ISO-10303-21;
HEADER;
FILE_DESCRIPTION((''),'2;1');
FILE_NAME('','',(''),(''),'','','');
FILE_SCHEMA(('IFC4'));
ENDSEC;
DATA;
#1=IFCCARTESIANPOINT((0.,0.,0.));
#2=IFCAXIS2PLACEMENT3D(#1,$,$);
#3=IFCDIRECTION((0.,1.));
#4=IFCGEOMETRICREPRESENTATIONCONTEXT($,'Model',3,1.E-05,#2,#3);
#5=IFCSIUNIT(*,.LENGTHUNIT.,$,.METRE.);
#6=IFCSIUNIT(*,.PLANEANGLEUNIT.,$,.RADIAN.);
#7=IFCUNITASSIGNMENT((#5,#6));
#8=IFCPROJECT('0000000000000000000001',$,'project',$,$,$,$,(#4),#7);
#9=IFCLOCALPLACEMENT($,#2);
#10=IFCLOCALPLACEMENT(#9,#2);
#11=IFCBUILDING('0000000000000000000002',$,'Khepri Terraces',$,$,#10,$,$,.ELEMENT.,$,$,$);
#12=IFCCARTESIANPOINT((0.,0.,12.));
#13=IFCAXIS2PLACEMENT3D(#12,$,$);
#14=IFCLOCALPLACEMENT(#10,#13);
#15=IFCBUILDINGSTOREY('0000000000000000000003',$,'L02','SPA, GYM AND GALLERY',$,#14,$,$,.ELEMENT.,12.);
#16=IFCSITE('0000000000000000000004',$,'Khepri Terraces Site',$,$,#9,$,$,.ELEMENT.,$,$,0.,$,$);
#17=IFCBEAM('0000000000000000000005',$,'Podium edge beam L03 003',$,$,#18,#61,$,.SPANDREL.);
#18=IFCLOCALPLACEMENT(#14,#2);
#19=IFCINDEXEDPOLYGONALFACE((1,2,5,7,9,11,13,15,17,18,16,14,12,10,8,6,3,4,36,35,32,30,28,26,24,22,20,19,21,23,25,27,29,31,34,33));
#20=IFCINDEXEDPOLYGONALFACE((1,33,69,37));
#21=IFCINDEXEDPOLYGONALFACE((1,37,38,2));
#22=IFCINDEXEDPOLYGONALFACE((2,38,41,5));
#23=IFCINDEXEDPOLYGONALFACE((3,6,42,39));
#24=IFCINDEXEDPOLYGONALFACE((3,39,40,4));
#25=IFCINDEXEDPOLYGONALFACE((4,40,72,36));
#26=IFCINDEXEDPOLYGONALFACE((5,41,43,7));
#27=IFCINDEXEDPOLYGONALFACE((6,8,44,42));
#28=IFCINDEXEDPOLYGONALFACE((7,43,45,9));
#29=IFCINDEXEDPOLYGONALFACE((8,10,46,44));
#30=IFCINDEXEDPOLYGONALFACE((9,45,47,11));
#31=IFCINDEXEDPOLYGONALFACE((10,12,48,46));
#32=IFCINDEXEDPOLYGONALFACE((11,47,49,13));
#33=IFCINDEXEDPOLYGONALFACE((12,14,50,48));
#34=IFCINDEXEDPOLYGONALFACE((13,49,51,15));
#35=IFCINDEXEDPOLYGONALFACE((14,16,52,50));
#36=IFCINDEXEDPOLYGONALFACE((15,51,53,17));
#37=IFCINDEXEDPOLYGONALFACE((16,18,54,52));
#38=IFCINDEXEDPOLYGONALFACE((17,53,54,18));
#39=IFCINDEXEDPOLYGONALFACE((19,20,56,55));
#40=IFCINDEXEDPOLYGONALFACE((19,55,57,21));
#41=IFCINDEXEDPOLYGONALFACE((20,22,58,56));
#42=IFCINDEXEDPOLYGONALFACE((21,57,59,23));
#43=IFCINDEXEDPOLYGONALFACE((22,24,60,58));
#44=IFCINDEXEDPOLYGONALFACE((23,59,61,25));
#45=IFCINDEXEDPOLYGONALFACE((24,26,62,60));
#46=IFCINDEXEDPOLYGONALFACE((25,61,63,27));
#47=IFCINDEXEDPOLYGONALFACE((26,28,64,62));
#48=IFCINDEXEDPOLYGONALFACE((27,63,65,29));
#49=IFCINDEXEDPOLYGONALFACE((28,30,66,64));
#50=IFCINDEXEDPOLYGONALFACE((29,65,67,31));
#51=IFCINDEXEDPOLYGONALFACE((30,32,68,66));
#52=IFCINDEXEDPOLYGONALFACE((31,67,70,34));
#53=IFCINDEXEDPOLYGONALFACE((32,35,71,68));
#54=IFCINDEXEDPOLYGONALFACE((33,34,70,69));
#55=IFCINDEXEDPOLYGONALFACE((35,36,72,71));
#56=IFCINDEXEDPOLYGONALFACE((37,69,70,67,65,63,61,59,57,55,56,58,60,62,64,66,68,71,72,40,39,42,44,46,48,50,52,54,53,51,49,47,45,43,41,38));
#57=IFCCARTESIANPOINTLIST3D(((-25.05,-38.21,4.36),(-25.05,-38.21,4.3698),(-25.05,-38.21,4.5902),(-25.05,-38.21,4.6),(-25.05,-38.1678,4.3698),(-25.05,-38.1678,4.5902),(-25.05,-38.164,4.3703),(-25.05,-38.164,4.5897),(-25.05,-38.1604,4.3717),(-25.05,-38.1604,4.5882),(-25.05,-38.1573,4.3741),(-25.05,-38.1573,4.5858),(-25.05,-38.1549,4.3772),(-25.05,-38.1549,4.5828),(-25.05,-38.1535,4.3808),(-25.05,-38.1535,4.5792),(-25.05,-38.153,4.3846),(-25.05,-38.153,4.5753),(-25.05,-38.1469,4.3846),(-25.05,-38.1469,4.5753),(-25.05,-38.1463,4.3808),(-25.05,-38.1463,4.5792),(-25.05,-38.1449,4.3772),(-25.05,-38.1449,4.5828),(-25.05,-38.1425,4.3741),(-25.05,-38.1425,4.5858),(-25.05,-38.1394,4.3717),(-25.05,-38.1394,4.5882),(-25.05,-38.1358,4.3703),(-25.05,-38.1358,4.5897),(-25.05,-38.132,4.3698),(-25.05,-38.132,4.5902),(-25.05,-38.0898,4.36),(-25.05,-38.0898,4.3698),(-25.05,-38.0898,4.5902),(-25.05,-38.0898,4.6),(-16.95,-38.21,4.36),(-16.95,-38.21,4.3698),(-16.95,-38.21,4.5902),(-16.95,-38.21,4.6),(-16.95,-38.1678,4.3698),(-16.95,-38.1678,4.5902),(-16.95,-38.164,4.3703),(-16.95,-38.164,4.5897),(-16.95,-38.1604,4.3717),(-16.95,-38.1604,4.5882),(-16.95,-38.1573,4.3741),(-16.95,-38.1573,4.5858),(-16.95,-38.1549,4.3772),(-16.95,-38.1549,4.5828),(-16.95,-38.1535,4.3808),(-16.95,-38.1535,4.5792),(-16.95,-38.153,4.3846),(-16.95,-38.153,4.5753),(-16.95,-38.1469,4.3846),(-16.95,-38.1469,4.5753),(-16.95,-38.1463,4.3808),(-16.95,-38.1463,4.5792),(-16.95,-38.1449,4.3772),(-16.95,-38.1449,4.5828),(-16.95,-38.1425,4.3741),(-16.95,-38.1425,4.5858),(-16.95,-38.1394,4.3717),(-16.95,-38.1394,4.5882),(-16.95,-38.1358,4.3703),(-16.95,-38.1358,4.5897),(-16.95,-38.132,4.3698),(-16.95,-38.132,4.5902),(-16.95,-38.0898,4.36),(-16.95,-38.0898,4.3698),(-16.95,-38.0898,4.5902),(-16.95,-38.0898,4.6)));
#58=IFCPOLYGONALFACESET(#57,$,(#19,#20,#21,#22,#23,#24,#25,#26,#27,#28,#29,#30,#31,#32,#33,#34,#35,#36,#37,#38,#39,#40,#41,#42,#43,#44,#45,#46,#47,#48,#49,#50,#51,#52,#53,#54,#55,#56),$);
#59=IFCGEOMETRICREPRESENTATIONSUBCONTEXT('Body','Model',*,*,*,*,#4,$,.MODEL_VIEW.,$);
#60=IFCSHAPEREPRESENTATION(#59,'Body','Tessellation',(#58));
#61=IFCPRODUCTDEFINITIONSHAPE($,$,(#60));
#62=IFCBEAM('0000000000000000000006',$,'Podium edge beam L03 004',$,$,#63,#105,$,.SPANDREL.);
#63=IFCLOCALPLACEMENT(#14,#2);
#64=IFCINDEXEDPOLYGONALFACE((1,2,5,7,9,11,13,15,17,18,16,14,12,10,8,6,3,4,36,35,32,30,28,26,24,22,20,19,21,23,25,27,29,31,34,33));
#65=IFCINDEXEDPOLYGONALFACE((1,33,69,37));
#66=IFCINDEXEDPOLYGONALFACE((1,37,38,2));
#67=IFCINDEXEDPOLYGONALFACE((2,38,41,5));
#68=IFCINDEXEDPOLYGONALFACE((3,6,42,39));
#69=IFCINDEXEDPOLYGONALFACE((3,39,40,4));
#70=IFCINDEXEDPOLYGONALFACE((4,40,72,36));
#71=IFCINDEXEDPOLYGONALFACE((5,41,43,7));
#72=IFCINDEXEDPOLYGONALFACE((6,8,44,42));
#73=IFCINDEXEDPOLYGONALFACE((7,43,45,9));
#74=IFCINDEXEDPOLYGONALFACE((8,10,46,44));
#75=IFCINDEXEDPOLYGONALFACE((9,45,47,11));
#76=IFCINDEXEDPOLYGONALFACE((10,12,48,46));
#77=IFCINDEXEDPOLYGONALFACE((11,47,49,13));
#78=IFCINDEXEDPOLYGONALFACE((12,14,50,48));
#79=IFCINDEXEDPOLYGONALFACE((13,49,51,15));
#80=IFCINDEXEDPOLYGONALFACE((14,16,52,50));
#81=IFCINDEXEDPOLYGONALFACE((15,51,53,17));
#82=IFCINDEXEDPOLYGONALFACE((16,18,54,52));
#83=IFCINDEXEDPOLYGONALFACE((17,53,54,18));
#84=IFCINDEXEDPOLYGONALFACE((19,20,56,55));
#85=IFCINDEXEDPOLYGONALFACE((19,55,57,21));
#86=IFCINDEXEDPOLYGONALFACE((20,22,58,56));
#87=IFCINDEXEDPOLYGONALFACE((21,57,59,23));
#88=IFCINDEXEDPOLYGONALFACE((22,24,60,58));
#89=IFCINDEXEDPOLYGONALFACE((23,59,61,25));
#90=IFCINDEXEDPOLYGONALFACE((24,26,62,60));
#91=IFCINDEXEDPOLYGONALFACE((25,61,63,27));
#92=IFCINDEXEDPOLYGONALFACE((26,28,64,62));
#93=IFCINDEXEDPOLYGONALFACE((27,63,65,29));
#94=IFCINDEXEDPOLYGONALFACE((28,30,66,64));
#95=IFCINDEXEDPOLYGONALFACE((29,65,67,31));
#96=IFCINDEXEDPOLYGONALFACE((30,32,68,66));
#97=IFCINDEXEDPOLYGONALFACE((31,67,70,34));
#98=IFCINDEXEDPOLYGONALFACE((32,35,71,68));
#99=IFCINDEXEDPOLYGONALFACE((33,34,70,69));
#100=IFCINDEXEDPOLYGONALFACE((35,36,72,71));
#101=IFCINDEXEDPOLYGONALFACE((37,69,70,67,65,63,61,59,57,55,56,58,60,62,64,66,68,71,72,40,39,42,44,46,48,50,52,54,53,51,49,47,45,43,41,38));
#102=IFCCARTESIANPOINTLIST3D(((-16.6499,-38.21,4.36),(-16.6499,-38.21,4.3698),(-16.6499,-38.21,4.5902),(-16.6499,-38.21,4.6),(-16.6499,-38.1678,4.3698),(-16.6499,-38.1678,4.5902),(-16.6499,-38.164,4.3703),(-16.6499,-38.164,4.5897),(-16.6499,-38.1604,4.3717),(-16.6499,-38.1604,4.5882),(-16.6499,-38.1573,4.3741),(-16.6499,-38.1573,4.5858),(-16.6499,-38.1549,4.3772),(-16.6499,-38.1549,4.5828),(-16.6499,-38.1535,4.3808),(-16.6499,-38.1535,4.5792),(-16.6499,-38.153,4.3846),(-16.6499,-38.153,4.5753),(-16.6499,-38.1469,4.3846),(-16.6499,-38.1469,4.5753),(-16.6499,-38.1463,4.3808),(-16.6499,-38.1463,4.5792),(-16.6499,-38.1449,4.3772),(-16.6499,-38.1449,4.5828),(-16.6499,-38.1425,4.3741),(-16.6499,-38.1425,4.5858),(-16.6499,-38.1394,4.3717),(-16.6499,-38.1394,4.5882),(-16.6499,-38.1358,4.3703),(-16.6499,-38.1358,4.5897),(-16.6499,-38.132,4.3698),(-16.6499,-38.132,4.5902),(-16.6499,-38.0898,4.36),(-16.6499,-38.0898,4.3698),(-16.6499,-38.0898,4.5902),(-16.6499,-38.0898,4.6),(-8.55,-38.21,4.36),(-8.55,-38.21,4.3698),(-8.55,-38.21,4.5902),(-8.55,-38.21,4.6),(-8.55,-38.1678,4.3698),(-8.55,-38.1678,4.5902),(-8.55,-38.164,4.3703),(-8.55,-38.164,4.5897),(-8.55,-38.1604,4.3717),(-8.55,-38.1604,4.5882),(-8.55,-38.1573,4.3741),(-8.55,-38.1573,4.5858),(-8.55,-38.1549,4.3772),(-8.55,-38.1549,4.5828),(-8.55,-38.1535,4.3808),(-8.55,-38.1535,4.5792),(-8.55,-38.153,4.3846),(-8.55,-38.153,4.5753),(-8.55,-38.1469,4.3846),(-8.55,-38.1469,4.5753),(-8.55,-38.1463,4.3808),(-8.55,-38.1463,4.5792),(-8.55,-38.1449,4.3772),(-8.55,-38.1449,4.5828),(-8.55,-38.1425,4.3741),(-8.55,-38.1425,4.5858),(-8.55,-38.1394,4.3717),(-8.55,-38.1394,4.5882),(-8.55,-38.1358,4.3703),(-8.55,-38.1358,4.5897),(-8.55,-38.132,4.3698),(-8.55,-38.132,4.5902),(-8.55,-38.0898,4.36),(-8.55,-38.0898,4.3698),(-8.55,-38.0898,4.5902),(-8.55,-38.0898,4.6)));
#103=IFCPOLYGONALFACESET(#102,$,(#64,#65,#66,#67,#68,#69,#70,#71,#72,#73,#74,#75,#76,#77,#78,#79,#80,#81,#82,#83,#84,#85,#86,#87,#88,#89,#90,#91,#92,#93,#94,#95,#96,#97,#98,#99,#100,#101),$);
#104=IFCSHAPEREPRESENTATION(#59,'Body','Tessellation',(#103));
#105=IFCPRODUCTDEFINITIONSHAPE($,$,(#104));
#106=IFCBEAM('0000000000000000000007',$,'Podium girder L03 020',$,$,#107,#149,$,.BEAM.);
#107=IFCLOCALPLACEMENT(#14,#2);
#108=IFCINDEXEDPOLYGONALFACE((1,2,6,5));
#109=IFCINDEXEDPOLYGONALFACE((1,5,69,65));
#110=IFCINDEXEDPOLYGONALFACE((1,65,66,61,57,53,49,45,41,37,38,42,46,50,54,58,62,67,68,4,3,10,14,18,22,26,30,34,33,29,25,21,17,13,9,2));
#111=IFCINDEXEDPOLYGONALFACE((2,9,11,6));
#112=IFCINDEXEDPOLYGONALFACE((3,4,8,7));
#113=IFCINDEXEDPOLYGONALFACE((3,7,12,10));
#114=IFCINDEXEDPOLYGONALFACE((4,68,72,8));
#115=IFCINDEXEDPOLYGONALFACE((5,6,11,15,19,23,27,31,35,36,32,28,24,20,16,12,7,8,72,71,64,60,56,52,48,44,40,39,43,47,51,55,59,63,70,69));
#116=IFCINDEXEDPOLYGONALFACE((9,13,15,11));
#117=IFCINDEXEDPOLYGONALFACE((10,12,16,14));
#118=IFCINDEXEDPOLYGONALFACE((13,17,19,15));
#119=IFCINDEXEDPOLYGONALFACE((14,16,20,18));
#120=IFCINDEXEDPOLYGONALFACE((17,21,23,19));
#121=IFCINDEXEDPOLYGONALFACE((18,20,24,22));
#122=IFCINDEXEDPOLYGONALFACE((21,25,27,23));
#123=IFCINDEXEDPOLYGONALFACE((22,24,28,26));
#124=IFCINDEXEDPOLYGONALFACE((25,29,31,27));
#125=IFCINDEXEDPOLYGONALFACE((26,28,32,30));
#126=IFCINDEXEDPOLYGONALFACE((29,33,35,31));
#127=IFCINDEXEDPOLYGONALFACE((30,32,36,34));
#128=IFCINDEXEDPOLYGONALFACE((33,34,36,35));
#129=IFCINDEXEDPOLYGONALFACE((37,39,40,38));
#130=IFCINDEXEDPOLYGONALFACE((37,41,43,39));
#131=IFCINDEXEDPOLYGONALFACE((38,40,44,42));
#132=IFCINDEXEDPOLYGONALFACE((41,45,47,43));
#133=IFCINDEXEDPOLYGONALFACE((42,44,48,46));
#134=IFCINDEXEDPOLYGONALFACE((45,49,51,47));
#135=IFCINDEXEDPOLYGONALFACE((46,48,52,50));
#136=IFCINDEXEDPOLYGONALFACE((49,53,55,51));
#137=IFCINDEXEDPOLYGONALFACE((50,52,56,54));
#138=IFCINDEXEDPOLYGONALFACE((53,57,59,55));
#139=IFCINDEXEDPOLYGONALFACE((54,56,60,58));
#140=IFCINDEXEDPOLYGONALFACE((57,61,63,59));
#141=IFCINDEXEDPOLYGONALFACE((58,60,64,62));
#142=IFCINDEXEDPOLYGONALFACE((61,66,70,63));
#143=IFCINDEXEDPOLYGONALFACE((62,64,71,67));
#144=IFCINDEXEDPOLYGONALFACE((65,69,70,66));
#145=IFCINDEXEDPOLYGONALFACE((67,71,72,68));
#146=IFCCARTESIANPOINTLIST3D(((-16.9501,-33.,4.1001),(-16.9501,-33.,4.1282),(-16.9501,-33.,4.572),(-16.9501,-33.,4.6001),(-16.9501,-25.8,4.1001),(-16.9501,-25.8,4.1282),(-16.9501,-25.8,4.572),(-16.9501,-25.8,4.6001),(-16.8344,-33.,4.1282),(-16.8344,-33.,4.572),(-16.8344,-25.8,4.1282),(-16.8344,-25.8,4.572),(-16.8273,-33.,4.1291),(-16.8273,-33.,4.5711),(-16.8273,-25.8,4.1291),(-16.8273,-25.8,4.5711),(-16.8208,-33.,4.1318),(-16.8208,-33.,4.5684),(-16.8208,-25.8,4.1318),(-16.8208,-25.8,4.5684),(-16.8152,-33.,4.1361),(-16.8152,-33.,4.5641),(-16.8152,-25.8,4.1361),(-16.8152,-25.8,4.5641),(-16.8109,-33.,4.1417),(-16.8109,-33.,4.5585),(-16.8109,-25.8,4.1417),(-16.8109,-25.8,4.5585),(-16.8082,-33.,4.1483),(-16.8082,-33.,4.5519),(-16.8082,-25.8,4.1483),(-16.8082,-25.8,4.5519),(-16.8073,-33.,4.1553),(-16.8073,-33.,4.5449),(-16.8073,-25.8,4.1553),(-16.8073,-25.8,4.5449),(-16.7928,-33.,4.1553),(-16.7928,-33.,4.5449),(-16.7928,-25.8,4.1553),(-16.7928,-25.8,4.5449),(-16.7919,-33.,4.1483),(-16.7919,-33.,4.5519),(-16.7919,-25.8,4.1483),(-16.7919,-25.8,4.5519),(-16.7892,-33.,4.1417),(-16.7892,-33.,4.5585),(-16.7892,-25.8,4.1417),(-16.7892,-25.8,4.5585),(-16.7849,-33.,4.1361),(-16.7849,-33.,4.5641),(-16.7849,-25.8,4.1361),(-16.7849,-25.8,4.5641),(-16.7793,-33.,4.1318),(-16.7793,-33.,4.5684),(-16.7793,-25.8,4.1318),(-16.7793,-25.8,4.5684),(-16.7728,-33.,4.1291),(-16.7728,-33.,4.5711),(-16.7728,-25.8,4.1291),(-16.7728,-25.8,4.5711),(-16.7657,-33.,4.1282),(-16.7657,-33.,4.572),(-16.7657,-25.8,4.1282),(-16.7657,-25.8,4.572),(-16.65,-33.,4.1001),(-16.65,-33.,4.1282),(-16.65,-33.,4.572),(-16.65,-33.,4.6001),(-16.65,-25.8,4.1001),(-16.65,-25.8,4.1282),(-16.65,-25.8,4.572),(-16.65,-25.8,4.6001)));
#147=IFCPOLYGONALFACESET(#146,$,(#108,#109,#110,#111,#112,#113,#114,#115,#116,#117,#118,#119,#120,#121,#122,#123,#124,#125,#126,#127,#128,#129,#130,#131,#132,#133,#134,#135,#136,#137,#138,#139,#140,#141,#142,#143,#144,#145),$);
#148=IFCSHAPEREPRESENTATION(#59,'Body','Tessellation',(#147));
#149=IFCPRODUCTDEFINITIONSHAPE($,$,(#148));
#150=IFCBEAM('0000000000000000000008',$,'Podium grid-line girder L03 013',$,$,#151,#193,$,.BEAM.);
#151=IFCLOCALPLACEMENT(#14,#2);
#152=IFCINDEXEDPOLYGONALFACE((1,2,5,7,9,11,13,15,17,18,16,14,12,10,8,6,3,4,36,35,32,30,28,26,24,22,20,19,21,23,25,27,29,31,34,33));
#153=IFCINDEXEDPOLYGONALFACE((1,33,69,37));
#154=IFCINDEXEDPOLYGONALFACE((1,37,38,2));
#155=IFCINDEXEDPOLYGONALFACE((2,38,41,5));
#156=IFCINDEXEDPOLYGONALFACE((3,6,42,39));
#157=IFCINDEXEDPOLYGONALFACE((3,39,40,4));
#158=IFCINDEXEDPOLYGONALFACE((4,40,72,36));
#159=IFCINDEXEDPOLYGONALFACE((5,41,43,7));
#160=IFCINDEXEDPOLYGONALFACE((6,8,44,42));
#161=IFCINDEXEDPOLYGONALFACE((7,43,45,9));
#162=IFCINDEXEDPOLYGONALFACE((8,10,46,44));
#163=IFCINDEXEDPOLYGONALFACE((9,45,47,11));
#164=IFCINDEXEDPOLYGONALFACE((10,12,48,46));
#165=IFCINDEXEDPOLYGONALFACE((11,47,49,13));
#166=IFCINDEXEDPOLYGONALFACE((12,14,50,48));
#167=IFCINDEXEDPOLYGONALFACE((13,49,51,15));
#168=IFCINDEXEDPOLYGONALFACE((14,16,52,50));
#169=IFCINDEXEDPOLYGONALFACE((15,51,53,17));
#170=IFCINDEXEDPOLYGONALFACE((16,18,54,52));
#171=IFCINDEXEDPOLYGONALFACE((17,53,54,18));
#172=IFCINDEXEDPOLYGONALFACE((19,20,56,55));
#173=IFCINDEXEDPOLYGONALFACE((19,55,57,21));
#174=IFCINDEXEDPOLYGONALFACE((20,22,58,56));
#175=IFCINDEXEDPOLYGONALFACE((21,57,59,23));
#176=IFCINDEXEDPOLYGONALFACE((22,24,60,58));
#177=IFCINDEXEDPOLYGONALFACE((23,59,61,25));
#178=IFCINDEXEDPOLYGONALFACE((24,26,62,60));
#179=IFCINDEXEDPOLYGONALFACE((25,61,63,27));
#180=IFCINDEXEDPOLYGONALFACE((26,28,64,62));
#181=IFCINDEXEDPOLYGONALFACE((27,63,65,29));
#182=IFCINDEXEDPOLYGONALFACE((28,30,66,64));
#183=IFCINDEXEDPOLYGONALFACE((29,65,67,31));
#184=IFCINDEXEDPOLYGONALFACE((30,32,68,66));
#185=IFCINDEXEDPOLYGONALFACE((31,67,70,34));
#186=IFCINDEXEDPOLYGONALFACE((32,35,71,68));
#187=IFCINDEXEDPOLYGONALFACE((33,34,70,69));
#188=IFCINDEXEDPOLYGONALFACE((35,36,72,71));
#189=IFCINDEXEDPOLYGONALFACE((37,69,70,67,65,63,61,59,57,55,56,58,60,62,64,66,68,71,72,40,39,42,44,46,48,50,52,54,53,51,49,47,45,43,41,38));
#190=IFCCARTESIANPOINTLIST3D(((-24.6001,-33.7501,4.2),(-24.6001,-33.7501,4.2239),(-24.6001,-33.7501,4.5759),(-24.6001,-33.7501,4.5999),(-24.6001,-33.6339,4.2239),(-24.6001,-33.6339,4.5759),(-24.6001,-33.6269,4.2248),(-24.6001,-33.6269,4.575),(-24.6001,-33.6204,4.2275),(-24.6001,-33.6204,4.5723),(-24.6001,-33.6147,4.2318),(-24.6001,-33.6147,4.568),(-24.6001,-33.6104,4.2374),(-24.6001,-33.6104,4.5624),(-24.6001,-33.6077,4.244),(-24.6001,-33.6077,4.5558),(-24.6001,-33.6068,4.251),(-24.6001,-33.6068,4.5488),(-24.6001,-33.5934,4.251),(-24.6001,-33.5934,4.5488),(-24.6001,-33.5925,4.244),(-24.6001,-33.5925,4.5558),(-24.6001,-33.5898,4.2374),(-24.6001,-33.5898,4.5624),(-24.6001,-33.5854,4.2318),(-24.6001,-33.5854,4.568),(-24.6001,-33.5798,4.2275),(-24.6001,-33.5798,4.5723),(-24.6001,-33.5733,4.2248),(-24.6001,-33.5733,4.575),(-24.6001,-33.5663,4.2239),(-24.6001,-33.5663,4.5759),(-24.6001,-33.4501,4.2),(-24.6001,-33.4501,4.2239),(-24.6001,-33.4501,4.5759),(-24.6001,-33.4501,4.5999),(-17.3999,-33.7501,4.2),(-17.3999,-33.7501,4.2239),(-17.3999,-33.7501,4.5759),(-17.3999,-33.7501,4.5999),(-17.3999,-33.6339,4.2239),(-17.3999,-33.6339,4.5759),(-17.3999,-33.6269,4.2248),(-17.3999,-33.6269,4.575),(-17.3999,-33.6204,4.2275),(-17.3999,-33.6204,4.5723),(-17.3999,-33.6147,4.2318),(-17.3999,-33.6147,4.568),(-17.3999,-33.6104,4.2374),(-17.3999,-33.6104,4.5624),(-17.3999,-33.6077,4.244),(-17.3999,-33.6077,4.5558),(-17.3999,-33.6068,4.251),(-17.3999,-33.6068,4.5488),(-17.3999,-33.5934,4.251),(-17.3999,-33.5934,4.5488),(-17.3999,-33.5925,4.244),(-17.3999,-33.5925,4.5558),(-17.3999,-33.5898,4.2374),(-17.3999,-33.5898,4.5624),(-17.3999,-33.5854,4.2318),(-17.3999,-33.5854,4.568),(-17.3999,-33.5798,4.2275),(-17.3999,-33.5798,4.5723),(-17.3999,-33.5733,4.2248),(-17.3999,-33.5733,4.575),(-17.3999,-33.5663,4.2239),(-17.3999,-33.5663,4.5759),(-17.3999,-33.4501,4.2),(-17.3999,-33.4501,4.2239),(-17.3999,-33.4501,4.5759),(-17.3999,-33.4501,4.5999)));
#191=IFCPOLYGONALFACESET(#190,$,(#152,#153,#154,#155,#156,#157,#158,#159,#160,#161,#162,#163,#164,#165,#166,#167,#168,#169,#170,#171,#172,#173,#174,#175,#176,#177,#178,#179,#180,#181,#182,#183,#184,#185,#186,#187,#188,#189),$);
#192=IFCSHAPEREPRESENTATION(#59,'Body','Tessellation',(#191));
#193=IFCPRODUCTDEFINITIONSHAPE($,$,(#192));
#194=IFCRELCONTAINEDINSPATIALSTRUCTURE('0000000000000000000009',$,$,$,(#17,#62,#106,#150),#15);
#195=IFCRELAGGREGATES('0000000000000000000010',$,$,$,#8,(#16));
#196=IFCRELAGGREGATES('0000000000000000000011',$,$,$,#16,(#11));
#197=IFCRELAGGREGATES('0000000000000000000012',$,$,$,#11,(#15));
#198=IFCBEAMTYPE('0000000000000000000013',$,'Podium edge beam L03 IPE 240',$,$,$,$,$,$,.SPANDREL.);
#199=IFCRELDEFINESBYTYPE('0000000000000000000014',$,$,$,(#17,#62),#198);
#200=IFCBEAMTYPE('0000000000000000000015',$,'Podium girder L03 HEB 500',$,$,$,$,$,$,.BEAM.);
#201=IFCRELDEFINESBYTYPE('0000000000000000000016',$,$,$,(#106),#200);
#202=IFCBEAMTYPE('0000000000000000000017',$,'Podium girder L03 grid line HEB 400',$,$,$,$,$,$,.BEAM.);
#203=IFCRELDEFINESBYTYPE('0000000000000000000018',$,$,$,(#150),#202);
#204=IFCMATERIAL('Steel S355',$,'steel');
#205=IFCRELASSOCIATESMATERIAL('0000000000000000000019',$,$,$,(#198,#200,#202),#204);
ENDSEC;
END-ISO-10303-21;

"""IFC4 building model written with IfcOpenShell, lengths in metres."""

from ifc_helpers import new_model, si_unit, direction, frame, origin, origin_2d, place, context, subcontext, project, spatial, i_section, extrude, material, material_profile, profile_set, type_object, element, save


model = new_model("IFC4")

# Units and contexts
model_context = context("Model", 3, precision=1e-05, world=origin(), true_north=direction((0.0, 1.0)))
body_context = subcontext(model_context, "Body", "Model", "MODEL_VIEW")
ifc_project = project(units=[si_unit("LENGTHUNIT", "METRE"), si_unit("PLANEANGLEUNIT", "RADIAN")], contexts=[model_context])

# Site, building, storey
site_placement = place(None, origin())
site = spatial("IfcSite", under=ifc_project, at=site_placement, Name="Khepri Terraces Site", CompositionType="ELEMENT", RefElevation=0.0)
building_placement = place(site_placement, origin())
building = spatial("IfcBuilding", under=site, at=building_placement, Name="Khepri Terraces", CompositionType="ELEMENT")
storey_placement = place(building_placement, frame((0.0, 0.0, 12.0)))
storey = spatial("IfcBuildingStorey", under=building, at=storey_placement, Name="L02", Description="SPA, GYM AND GALLERY", CompositionType="ELEMENT", Elevation=12.0)

# Beams
ifc_material_1 = material(Name="Steel S355", Category="steel")
ifc_material_profile_1 = material_profile(ifc_material_1, i_section(OverallWidth=0.1201, OverallDepth=0.24, WebThickness=0.0061, FlangeThickness=0.0098, FilletRadius=0.0149, at=origin_2d()), Name="Steel S355", Category="steel")
ifc_profile_set_1 = profile_set([ifc_material_profile_1], Name="Steel S355")
beam_type_1 = type_object("IfcBeamType", Name="Podium edge beam L03 IPE 240", PredefinedType="SPANDREL", material=ifc_profile_set_1)
beam_1_placement = place(storey_placement, frame((-25.05, -38.1499, 4.48), z_axis=(1.0, 0.0, 0.0), x_axis=(0.0, 1.0, 0.0)))
element("IfcBeam", 1, at=beam_1_placement, inside=storey, type_object=beam_type_1, Name="Podium edge beam L03 003", PredefinedType="SPANDREL", context=body_context, shape_type="SweptSolid", body=[
    extrude(i_section(OverallWidth=0.1201, OverallDepth=0.24, WebThickness=0.0061, FlangeThickness=0.0098, FilletRadius=0.0149, at=origin_2d()), origin(), (0.0, 0.0, 1.0), 8.1001),
])
beam_2_placement = place(storey_placement, frame((-16.6499, -38.1499, 4.48), z_axis=(1.0, 0.0, 0.0), x_axis=(0.0, 1.0, 0.0)))
element("IfcBeam", 2, at=beam_2_placement, inside=storey, type_object=beam_type_1, Name="Podium edge beam L03 004", PredefinedType="SPANDREL", context=body_context, shape_type="SweptSolid", body=[
    extrude(i_section(OverallWidth=0.1201, OverallDepth=0.24, WebThickness=0.0061, FlangeThickness=0.0098, FilletRadius=0.0149, at=origin_2d()), origin(), (0.0, 0.0, 1.0), 8.0999),
])
ifc_material_profile_2 = material_profile(ifc_material_1, i_section(OverallWidth=0.3, OverallDepth=0.5, WebThickness=0.0144, FlangeThickness=0.0281, FilletRadius=0.0271, at=origin_2d()), Name="Steel S355", Category="steel")
ifc_profile_set_2 = profile_set([ifc_material_profile_2], Name="Steel S355")
beam_type_2 = type_object("IfcBeamType", Name="Podium girder L03 HEB 500", PredefinedType="BEAM", material=ifc_profile_set_2)
beam_3_placement = place(storey_placement, frame((-16.8, -33.0, 4.3501), z_axis=(0.0, 1.0, 0.0), x_axis=(-1.0, 0.0, 0.0)))
element("IfcBeam", 3, at=beam_3_placement, inside=storey, type_object=beam_type_2, Name="Podium girder L03 020", PredefinedType="BEAM", context=body_context, shape_type="SweptSolid", body=[
    extrude(i_section(OverallWidth=0.3, OverallDepth=0.5, WebThickness=0.0144, FlangeThickness=0.0281, FilletRadius=0.0271, at=origin_2d()), origin(), (0.0, 0.0, 1.0), 7.2),
])
ifc_material_profile_3 = material_profile(ifc_material_1, i_section(OverallWidth=0.3, OverallDepth=0.3999, WebThickness=0.0134, FlangeThickness=0.0239, FilletRadius=0.0271, at=origin_2d()), Name="Steel S355", Category="steel")
ifc_profile_set_3 = profile_set([ifc_material_profile_3], Name="Steel S355")
beam_type_3 = type_object("IfcBeamType", Name="Podium girder L03 grid line HEB 400", PredefinedType="BEAM", material=ifc_profile_set_3)
beam_4_placement = place(storey_placement, frame((-24.6001, -33.6001, 4.3999), z_axis=(1.0, 0.0, 0.0), x_axis=(0.0, 1.0, 0.0)))
element("IfcBeam", 4, at=beam_4_placement, inside=storey, type_object=beam_type_3, Name="Podium grid-line girder L03 013", PredefinedType="BEAM", context=body_context, shape_type="SweptSolid", body=[
    extrude(i_section(OverallWidth=0.3, OverallDepth=0.3999, WebThickness=0.0134, FlangeThickness=0.0239, FilletRadius=0.0271, at=origin_2d()), origin(), (0.0, 0.0, 1.0), 7.2002),
])

save(model, "model.ifc")
